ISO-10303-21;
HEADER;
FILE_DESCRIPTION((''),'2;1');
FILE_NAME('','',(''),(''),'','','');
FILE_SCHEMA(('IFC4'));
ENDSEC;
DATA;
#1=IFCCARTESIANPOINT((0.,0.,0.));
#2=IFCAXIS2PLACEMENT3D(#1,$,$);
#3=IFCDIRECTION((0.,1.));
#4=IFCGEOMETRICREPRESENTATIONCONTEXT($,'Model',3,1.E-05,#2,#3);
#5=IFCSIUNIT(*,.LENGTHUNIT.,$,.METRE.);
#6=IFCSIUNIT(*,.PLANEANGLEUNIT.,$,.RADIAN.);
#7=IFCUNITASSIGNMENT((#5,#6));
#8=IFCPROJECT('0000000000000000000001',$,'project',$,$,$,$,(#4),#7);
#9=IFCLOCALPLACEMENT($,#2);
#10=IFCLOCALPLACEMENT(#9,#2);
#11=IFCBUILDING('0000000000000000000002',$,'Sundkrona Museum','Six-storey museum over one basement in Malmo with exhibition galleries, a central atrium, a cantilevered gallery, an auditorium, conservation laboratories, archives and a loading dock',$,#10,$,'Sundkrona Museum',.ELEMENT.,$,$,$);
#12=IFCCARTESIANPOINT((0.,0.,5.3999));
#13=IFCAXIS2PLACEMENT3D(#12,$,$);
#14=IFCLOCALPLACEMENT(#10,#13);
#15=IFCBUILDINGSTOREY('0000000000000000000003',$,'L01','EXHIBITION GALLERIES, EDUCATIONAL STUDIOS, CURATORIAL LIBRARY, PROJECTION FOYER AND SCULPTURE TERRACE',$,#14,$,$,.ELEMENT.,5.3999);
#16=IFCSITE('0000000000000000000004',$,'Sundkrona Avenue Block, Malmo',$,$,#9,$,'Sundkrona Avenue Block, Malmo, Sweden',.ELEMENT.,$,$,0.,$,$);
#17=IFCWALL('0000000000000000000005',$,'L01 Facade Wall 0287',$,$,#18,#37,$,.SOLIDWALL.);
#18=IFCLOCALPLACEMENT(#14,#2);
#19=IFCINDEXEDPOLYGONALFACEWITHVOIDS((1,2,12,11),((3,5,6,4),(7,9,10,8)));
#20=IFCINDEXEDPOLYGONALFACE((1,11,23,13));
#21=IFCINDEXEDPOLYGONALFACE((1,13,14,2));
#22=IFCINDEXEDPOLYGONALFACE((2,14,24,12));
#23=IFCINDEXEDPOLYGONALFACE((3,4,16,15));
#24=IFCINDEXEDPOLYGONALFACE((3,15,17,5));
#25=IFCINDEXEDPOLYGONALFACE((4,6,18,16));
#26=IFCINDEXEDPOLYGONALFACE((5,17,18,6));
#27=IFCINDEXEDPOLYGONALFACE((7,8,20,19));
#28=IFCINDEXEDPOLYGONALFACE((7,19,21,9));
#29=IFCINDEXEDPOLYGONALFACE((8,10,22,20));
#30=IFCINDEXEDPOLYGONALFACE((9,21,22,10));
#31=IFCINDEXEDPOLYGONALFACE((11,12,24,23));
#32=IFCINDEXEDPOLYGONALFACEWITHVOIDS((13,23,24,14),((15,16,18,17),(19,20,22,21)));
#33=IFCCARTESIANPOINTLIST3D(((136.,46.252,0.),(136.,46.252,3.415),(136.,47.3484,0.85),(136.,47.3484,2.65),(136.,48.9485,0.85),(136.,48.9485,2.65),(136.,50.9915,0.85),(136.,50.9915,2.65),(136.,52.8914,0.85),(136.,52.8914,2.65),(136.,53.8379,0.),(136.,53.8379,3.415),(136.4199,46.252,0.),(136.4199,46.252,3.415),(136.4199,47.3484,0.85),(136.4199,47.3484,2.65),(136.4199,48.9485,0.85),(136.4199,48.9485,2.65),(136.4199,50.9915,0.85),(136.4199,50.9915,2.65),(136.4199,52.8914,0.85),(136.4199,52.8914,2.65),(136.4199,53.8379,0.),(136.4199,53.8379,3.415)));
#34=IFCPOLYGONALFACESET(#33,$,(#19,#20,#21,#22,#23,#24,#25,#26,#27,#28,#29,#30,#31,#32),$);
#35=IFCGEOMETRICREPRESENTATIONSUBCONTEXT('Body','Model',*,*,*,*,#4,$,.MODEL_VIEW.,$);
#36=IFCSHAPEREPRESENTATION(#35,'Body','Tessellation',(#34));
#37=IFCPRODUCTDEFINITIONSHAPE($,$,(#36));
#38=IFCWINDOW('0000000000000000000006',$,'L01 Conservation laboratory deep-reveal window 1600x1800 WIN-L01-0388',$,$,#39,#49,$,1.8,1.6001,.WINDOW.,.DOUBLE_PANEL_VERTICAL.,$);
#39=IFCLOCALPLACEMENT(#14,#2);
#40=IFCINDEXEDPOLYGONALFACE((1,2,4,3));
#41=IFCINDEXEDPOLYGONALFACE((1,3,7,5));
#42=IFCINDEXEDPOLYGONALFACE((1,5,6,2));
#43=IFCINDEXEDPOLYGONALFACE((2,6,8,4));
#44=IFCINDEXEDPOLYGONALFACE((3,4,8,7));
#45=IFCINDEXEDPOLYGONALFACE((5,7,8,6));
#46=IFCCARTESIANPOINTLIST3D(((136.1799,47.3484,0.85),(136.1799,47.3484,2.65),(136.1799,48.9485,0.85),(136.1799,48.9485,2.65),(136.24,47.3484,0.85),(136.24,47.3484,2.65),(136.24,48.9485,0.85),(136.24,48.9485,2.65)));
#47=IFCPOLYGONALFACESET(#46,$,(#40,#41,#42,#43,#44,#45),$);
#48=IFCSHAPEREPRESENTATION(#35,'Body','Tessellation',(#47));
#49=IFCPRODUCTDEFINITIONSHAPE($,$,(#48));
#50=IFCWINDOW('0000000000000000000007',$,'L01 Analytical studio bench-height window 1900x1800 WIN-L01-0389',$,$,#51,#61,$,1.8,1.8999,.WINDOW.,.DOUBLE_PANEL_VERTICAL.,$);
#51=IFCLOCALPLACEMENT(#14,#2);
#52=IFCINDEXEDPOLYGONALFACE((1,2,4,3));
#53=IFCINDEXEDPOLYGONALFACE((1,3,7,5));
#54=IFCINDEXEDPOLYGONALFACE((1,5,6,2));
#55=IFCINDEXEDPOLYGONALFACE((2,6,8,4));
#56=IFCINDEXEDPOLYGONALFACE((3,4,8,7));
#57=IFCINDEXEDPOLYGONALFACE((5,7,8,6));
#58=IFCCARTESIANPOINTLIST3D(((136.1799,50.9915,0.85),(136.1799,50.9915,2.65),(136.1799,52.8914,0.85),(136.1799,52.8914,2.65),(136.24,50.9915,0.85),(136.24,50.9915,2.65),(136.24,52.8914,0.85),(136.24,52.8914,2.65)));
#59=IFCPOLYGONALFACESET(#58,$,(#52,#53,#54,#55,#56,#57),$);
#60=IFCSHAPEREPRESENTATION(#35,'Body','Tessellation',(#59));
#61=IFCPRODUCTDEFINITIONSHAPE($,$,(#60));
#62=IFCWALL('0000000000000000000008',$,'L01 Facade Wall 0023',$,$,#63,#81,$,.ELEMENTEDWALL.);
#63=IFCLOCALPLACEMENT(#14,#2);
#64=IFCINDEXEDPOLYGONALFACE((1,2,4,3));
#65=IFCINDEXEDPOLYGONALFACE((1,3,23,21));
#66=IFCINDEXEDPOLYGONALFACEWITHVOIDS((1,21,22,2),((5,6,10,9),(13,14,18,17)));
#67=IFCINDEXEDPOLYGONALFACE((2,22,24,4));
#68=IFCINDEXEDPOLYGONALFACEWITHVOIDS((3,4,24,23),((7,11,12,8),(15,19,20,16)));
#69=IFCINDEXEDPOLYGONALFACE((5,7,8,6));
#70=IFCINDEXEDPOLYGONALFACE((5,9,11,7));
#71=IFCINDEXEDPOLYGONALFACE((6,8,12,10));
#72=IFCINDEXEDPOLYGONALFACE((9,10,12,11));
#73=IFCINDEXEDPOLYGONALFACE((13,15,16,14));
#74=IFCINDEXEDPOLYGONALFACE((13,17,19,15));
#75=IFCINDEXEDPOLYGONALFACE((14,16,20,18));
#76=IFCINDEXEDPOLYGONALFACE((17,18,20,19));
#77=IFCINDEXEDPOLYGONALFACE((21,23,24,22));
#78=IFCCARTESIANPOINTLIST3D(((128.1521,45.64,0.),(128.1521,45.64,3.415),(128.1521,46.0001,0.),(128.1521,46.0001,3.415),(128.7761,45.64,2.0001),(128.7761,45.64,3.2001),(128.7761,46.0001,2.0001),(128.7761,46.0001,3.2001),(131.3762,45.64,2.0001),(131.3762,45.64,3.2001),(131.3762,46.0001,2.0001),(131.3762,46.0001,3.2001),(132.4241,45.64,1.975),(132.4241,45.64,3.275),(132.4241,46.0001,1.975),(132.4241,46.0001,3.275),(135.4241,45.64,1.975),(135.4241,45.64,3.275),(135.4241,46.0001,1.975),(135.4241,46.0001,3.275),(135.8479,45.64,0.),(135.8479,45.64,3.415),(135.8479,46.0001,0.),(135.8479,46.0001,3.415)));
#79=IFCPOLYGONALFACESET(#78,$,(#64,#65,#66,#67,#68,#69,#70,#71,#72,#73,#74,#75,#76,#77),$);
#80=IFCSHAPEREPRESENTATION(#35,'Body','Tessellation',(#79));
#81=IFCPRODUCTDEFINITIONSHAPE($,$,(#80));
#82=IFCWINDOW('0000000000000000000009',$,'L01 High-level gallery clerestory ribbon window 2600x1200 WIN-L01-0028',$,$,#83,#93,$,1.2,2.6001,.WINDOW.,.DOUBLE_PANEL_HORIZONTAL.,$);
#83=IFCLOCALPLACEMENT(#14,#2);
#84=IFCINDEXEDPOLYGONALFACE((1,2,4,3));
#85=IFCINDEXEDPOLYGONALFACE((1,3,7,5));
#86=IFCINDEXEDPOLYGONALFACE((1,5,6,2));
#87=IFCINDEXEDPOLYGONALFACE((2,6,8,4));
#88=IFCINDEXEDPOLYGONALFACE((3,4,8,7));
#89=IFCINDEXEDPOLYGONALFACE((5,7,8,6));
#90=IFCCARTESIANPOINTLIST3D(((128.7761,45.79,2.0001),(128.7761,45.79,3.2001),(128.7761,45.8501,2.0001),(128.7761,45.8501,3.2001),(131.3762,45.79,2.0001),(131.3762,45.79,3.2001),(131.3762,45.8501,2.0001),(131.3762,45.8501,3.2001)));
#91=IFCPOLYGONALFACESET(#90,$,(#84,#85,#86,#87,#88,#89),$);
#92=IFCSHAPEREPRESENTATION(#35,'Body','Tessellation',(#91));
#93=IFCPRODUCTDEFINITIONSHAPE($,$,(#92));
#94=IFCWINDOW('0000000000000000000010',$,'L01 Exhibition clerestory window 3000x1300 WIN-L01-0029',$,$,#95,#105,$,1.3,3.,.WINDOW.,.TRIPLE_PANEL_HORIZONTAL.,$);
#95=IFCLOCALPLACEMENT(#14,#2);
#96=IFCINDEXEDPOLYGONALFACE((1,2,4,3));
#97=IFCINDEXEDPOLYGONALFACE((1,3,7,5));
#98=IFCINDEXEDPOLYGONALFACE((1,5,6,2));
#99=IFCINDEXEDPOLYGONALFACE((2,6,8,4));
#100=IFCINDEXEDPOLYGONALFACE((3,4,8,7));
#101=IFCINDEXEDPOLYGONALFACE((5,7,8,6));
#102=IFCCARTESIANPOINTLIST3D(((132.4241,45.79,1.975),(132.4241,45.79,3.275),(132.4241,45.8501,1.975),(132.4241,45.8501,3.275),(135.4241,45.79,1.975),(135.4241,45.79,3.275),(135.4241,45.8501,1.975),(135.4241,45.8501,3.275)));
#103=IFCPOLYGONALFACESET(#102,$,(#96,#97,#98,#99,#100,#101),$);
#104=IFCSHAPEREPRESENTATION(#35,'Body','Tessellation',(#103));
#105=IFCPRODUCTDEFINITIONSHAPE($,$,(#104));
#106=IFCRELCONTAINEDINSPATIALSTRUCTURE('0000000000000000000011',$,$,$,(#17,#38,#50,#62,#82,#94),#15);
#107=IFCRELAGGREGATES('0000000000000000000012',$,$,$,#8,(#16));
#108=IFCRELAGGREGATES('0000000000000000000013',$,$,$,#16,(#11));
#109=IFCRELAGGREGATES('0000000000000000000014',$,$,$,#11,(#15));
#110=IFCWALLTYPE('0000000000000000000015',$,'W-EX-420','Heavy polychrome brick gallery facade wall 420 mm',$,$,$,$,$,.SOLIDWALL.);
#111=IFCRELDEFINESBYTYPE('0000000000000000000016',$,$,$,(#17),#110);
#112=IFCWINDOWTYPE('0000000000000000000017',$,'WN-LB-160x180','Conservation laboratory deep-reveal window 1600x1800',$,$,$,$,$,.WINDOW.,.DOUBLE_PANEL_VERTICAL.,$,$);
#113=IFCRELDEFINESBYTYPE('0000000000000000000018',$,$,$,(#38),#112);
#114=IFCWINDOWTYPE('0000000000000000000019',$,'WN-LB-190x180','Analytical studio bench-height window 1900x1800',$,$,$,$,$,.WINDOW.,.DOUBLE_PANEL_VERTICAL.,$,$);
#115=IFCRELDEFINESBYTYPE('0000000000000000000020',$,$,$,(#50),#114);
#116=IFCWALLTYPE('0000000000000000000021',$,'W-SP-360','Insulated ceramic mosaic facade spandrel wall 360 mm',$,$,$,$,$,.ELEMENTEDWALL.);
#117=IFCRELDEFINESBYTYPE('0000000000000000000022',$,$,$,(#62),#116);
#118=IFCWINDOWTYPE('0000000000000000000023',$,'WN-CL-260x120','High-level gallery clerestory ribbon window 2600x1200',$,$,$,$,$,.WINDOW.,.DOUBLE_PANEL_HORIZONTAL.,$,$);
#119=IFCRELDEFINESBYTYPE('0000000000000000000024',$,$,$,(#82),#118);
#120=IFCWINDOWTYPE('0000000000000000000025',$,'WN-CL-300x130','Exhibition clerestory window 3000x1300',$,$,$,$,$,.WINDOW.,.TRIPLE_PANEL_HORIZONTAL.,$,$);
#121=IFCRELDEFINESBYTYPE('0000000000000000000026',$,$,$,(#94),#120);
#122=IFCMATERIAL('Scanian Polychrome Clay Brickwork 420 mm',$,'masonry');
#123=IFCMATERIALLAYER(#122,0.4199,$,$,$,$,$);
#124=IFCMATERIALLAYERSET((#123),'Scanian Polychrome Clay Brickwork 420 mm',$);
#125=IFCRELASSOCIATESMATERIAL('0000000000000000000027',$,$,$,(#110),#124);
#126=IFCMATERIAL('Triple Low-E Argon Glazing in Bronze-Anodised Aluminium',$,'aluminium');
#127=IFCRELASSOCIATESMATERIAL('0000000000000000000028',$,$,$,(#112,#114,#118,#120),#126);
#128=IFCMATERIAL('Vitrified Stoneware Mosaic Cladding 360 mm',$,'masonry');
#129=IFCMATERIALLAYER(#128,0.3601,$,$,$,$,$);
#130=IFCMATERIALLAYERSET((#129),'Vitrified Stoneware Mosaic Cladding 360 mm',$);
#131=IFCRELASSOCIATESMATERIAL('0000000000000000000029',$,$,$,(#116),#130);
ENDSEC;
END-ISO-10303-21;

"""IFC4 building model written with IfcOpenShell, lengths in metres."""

from ifc_helpers import new_model, si_unit, direction, frame, frame_2d, origin, place, context, subcontext, project, spatial, rectangle, extrude, material, layer, layer_set, type_object, element, fill, save


model = new_model("IFC4")

# Units and contexts
model_context = context("Model", 3, precision=1e-05, world=origin(), true_north=direction((0.0, 1.0)))
body_context = subcontext(model_context, "Body", "Model", "MODEL_VIEW")
ifc_project = project(units=[si_unit("LENGTHUNIT", "METRE"), si_unit("PLANEANGLEUNIT", "RADIAN")], contexts=[model_context])

# Site, building, storey
site_placement = place(None, origin())
site = spatial("IfcSite", under=ifc_project, at=site_placement, Name="Sundkrona Avenue Block, Malmo", LongName="Sundkrona Avenue Block, Malmo, Sweden", CompositionType="ELEMENT", RefElevation=0.0)
building_placement = place(site_placement, origin())
building = spatial("IfcBuilding", under=site, at=building_placement, Name="Sundkrona Museum", Description="Six-storey museum over one basement in Malmo with exhibition galleries, a central atrium, a cantilevered gallery, an auditorium, conservation laboratories, archives and a loading dock", LongName="Sundkrona Museum", CompositionType="ELEMENT")
storey_placement = place(building_placement, frame((0.0, 0.0, 5.3999)))
storey = spatial("IfcBuildingStorey", under=building, at=storey_placement, Name="L01", Description="EXHIBITION GALLERIES, EDUCATIONAL STUDIOS, CURATORIAL LIBRARY, PROJECTION FOYER AND SCULPTURE TERRACE", CompositionType="ELEMENT", Elevation=5.3999)

# Walls, openings, windows
ifc_material_1 = material(Name="Scanian Polychrome Clay Brickwork 420 mm", Category="masonry")
ifc_layer_1 = layer(ifc_material_1, 0.4199)
ifc_layer_set_1 = layer_set([ifc_layer_1], Name="Scanian Polychrome Clay Brickwork 420 mm")
wall_type_1 = type_object("IfcWallType", Name="W-EX-420", Description="Heavy polychrome brick gallery facade wall 420 mm", PredefinedType="SOLIDWALL", material=ifc_layer_set_1)
wall_1_placement = place(storey_placement, frame((136.21, 46.252, 0.0), z_axis=(0.0, 0.0, 1.0), x_axis=(0.0, 1.0, 0.0)))
wall_1 = element("IfcWall", 1, at=wall_1_placement, inside=storey, type_object=wall_type_1, Name="L01 Facade Wall 0287", PredefinedType="SOLIDWALL", context=body_context, shape_type="SweptSolid", body=[
    extrude(rectangle(XDim=7.5859, YDim=0.4199, at=frame_2d((3.793, 0.0))), origin(), (0.0, 0.0, 1.0), 3.415),
])
opening_1_placement = place(wall_1_placement, frame((1.0964, 0.0, 0.8501)))
opening_1 = element("IfcOpeningElement", 2, at=opening_1_placement, cuts=wall_1, PredefinedType="OPENING", context=body_context, shape_type="SweptSolid", body=[
    extrude(rectangle(XDim=1.6001, YDim=1.8, at=frame_2d((0.8, 0.8999))), frame((0.0, 0.22, 0.0), z_axis=(0.0, -1.0, 0.0), x_axis=(1.0, 0.0, 0.0)), (0.0, 0.0, 1.0), 0.4399),
])
opening_2_placement = place(wall_1_placement, frame((4.7395, 0.0, 0.8501)))
opening_2 = element("IfcOpeningElement", 3, at=opening_2_placement, cuts=wall_1, PredefinedType="OPENING", context=body_context, shape_type="SweptSolid", body=[
    extrude(rectangle(XDim=1.8999, YDim=1.8, at=frame_2d((0.95, 0.8999))), frame((0.0, 0.22, 0.0), z_axis=(0.0, -1.0, 0.0), x_axis=(1.0, 0.0, 0.0)), (0.0, 0.0, 1.0), 0.4399),
])
ifc_material_2 = material(Name="Triple Low-E Argon Glazing in Bronze-Anodised Aluminium", Category="aluminium")
window_type_1 = type_object("IfcWindowType", Name="WN-LB-160x180", Description="Conservation laboratory deep-reveal window 1600x1800", PartitioningType="DOUBLE_PANEL_VERTICAL", PredefinedType="WINDOW", material=ifc_material_2)
window_1_placement = place(opening_1_placement, origin())
window_1 = element("IfcWindow", 4, at=window_1_placement, inside=storey, type_object=window_type_1, Name="L01 Conservation laboratory deep-reveal window 1600x1800 WIN-L01-0388", OverallHeight=1.8, OverallWidth=1.6001, PartitioningType="DOUBLE_PANEL_VERTICAL", PredefinedType="WINDOW", context=body_context, shape_type="SweptSolid", body=[
    extrude(rectangle(XDim=1.6001, YDim=1.8, at=frame_2d((0.8, 0.8999))), frame((0.0, 0.03, 0.0), z_axis=(0.0, -1.0, 0.0), x_axis=(1.0, 0.0, 0.0)), (0.0, 0.0, 1.0), 0.0601),
])
fill(opening_1, window_1)
window_type_2 = type_object("IfcWindowType", Name="WN-LB-190x180", Description="Analytical studio bench-height window 1900x1800", PartitioningType="DOUBLE_PANEL_VERTICAL", PredefinedType="WINDOW", material=ifc_material_2)
window_2_placement = place(opening_2_placement, origin())
window_2 = element("IfcWindow", 5, at=window_2_placement, inside=storey, type_object=window_type_2, Name="L01 Analytical studio bench-height window 1900x1800 WIN-L01-0389", OverallHeight=1.8, OverallWidth=1.8999, PartitioningType="DOUBLE_PANEL_VERTICAL", PredefinedType="WINDOW", context=body_context, shape_type="SweptSolid", body=[
    extrude(rectangle(XDim=1.8999, YDim=1.8, at=frame_2d((0.95, 0.8999))), frame((0.0, 0.03, 0.0), z_axis=(0.0, -1.0, 0.0), x_axis=(1.0, 0.0, 0.0)), (0.0, 0.0, 1.0), 0.0601),
])
fill(opening_2, window_2)
ifc_material_3 = material(Name="Vitrified Stoneware Mosaic Cladding 360 mm", Category="masonry")
ifc_layer_2 = layer(ifc_material_3, 0.3601)
ifc_layer_set_2 = layer_set([ifc_layer_2], Name="Vitrified Stoneware Mosaic Cladding 360 mm")
wall_type_2 = type_object("IfcWallType", Name="W-SP-360", Description="Insulated ceramic mosaic facade spandrel wall 360 mm", PredefinedType="ELEMENTEDWALL", material=ifc_layer_set_2)
wall_2_placement = place(storey_placement, frame((128.1521, 45.8201, 0.0), z_axis=(0.0, 0.0, 1.0), x_axis=(1.0, 0.0, 0.0)))
wall_2 = element("IfcWall", 6, at=wall_2_placement, inside=storey, type_object=wall_type_2, Name="L01 Facade Wall 0023", PredefinedType="ELEMENTEDWALL", context=body_context, shape_type="SweptSolid", body=[
    extrude(rectangle(XDim=7.6958, YDim=0.3601, at=frame_2d((3.8479, 0.0))), origin(), (0.0, 0.0, 1.0), 3.415),
])
opening_3_placement = place(wall_2_placement, frame((0.624, 0.0, 2.0)))
opening_3 = element("IfcOpeningElement", 7, at=opening_3_placement, cuts=wall_2, PredefinedType="OPENING", context=body_context, shape_type="SweptSolid", body=[
    extrude(rectangle(XDim=2.6001, YDim=1.2, at=frame_2d((1.3, 0.6001))), frame((0.0, 0.1899, 0.0), z_axis=(0.0, -1.0, 0.0), x_axis=(1.0, 0.0, 0.0)), (0.0, 0.0, 1.0), 0.3801),
])
opening_4_placement = place(wall_2_placement, frame((4.272, 0.0, 1.9751)))
opening_4 = element("IfcOpeningElement", 8, at=opening_4_placement, cuts=wall_2, PredefinedType="OPENING", context=body_context, shape_type="SweptSolid", body=[
    extrude(rectangle(XDim=3.0, YDim=1.3, at=frame_2d((1.5, 0.6499))), frame((0.0, 0.1899, 0.0), z_axis=(0.0, -1.0, 0.0), x_axis=(1.0, 0.0, 0.0)), (0.0, 0.0, 1.0), 0.3801),
])
window_type_3 = type_object("IfcWindowType", Name="WN-CL-260x120", Description="High-level gallery clerestory ribbon window 2600x1200", PartitioningType="DOUBLE_PANEL_HORIZONTAL", PredefinedType="WINDOW", material=ifc_material_2)
window_3_placement = place(opening_3_placement, origin())
window_3 = element("IfcWindow", 9, at=window_3_placement, inside=storey, type_object=window_type_3, Name="L01 High-level gallery clerestory ribbon window 2600x1200 WIN-L01-0028", OverallHeight=1.2, OverallWidth=2.6001, PartitioningType="DOUBLE_PANEL_HORIZONTAL", PredefinedType="WINDOW", context=body_context, shape_type="SweptSolid", body=[
    extrude(rectangle(XDim=2.6001, YDim=1.2, at=frame_2d((1.3, 0.6001))), frame((0.0, 0.03, 0.0), z_axis=(0.0, -1.0, 0.0), x_axis=(1.0, 0.0, 0.0)), (0.0, 0.0, 1.0), 0.0601),
])
fill(opening_3, window_3)
window_type_4 = type_object("IfcWindowType", Name="WN-CL-300x130", Description="Exhibition clerestory window 3000x1300", PartitioningType="TRIPLE_PANEL_HORIZONTAL", PredefinedType="WINDOW", material=ifc_material_2)
window_4_placement = place(opening_4_placement, origin())
window_4 = element("IfcWindow", 10, at=window_4_placement, inside=storey, type_object=window_type_4, Name="L01 Exhibition clerestory window 3000x1300 WIN-L01-0029", OverallHeight=1.3, OverallWidth=3.0, PartitioningType="TRIPLE_PANEL_HORIZONTAL", PredefinedType="WINDOW", context=body_context, shape_type="SweptSolid", body=[
    extrude(rectangle(XDim=3.0, YDim=1.3, at=frame_2d((1.5, 0.6499))), frame((0.0, 0.03, 0.0), z_axis=(0.0, -1.0, 0.0), x_axis=(1.0, 0.0, 0.0)), (0.0, 0.0, 1.0), 0.0601),
])
fill(opening_4, window_4)

save(model, "model.ifc")
